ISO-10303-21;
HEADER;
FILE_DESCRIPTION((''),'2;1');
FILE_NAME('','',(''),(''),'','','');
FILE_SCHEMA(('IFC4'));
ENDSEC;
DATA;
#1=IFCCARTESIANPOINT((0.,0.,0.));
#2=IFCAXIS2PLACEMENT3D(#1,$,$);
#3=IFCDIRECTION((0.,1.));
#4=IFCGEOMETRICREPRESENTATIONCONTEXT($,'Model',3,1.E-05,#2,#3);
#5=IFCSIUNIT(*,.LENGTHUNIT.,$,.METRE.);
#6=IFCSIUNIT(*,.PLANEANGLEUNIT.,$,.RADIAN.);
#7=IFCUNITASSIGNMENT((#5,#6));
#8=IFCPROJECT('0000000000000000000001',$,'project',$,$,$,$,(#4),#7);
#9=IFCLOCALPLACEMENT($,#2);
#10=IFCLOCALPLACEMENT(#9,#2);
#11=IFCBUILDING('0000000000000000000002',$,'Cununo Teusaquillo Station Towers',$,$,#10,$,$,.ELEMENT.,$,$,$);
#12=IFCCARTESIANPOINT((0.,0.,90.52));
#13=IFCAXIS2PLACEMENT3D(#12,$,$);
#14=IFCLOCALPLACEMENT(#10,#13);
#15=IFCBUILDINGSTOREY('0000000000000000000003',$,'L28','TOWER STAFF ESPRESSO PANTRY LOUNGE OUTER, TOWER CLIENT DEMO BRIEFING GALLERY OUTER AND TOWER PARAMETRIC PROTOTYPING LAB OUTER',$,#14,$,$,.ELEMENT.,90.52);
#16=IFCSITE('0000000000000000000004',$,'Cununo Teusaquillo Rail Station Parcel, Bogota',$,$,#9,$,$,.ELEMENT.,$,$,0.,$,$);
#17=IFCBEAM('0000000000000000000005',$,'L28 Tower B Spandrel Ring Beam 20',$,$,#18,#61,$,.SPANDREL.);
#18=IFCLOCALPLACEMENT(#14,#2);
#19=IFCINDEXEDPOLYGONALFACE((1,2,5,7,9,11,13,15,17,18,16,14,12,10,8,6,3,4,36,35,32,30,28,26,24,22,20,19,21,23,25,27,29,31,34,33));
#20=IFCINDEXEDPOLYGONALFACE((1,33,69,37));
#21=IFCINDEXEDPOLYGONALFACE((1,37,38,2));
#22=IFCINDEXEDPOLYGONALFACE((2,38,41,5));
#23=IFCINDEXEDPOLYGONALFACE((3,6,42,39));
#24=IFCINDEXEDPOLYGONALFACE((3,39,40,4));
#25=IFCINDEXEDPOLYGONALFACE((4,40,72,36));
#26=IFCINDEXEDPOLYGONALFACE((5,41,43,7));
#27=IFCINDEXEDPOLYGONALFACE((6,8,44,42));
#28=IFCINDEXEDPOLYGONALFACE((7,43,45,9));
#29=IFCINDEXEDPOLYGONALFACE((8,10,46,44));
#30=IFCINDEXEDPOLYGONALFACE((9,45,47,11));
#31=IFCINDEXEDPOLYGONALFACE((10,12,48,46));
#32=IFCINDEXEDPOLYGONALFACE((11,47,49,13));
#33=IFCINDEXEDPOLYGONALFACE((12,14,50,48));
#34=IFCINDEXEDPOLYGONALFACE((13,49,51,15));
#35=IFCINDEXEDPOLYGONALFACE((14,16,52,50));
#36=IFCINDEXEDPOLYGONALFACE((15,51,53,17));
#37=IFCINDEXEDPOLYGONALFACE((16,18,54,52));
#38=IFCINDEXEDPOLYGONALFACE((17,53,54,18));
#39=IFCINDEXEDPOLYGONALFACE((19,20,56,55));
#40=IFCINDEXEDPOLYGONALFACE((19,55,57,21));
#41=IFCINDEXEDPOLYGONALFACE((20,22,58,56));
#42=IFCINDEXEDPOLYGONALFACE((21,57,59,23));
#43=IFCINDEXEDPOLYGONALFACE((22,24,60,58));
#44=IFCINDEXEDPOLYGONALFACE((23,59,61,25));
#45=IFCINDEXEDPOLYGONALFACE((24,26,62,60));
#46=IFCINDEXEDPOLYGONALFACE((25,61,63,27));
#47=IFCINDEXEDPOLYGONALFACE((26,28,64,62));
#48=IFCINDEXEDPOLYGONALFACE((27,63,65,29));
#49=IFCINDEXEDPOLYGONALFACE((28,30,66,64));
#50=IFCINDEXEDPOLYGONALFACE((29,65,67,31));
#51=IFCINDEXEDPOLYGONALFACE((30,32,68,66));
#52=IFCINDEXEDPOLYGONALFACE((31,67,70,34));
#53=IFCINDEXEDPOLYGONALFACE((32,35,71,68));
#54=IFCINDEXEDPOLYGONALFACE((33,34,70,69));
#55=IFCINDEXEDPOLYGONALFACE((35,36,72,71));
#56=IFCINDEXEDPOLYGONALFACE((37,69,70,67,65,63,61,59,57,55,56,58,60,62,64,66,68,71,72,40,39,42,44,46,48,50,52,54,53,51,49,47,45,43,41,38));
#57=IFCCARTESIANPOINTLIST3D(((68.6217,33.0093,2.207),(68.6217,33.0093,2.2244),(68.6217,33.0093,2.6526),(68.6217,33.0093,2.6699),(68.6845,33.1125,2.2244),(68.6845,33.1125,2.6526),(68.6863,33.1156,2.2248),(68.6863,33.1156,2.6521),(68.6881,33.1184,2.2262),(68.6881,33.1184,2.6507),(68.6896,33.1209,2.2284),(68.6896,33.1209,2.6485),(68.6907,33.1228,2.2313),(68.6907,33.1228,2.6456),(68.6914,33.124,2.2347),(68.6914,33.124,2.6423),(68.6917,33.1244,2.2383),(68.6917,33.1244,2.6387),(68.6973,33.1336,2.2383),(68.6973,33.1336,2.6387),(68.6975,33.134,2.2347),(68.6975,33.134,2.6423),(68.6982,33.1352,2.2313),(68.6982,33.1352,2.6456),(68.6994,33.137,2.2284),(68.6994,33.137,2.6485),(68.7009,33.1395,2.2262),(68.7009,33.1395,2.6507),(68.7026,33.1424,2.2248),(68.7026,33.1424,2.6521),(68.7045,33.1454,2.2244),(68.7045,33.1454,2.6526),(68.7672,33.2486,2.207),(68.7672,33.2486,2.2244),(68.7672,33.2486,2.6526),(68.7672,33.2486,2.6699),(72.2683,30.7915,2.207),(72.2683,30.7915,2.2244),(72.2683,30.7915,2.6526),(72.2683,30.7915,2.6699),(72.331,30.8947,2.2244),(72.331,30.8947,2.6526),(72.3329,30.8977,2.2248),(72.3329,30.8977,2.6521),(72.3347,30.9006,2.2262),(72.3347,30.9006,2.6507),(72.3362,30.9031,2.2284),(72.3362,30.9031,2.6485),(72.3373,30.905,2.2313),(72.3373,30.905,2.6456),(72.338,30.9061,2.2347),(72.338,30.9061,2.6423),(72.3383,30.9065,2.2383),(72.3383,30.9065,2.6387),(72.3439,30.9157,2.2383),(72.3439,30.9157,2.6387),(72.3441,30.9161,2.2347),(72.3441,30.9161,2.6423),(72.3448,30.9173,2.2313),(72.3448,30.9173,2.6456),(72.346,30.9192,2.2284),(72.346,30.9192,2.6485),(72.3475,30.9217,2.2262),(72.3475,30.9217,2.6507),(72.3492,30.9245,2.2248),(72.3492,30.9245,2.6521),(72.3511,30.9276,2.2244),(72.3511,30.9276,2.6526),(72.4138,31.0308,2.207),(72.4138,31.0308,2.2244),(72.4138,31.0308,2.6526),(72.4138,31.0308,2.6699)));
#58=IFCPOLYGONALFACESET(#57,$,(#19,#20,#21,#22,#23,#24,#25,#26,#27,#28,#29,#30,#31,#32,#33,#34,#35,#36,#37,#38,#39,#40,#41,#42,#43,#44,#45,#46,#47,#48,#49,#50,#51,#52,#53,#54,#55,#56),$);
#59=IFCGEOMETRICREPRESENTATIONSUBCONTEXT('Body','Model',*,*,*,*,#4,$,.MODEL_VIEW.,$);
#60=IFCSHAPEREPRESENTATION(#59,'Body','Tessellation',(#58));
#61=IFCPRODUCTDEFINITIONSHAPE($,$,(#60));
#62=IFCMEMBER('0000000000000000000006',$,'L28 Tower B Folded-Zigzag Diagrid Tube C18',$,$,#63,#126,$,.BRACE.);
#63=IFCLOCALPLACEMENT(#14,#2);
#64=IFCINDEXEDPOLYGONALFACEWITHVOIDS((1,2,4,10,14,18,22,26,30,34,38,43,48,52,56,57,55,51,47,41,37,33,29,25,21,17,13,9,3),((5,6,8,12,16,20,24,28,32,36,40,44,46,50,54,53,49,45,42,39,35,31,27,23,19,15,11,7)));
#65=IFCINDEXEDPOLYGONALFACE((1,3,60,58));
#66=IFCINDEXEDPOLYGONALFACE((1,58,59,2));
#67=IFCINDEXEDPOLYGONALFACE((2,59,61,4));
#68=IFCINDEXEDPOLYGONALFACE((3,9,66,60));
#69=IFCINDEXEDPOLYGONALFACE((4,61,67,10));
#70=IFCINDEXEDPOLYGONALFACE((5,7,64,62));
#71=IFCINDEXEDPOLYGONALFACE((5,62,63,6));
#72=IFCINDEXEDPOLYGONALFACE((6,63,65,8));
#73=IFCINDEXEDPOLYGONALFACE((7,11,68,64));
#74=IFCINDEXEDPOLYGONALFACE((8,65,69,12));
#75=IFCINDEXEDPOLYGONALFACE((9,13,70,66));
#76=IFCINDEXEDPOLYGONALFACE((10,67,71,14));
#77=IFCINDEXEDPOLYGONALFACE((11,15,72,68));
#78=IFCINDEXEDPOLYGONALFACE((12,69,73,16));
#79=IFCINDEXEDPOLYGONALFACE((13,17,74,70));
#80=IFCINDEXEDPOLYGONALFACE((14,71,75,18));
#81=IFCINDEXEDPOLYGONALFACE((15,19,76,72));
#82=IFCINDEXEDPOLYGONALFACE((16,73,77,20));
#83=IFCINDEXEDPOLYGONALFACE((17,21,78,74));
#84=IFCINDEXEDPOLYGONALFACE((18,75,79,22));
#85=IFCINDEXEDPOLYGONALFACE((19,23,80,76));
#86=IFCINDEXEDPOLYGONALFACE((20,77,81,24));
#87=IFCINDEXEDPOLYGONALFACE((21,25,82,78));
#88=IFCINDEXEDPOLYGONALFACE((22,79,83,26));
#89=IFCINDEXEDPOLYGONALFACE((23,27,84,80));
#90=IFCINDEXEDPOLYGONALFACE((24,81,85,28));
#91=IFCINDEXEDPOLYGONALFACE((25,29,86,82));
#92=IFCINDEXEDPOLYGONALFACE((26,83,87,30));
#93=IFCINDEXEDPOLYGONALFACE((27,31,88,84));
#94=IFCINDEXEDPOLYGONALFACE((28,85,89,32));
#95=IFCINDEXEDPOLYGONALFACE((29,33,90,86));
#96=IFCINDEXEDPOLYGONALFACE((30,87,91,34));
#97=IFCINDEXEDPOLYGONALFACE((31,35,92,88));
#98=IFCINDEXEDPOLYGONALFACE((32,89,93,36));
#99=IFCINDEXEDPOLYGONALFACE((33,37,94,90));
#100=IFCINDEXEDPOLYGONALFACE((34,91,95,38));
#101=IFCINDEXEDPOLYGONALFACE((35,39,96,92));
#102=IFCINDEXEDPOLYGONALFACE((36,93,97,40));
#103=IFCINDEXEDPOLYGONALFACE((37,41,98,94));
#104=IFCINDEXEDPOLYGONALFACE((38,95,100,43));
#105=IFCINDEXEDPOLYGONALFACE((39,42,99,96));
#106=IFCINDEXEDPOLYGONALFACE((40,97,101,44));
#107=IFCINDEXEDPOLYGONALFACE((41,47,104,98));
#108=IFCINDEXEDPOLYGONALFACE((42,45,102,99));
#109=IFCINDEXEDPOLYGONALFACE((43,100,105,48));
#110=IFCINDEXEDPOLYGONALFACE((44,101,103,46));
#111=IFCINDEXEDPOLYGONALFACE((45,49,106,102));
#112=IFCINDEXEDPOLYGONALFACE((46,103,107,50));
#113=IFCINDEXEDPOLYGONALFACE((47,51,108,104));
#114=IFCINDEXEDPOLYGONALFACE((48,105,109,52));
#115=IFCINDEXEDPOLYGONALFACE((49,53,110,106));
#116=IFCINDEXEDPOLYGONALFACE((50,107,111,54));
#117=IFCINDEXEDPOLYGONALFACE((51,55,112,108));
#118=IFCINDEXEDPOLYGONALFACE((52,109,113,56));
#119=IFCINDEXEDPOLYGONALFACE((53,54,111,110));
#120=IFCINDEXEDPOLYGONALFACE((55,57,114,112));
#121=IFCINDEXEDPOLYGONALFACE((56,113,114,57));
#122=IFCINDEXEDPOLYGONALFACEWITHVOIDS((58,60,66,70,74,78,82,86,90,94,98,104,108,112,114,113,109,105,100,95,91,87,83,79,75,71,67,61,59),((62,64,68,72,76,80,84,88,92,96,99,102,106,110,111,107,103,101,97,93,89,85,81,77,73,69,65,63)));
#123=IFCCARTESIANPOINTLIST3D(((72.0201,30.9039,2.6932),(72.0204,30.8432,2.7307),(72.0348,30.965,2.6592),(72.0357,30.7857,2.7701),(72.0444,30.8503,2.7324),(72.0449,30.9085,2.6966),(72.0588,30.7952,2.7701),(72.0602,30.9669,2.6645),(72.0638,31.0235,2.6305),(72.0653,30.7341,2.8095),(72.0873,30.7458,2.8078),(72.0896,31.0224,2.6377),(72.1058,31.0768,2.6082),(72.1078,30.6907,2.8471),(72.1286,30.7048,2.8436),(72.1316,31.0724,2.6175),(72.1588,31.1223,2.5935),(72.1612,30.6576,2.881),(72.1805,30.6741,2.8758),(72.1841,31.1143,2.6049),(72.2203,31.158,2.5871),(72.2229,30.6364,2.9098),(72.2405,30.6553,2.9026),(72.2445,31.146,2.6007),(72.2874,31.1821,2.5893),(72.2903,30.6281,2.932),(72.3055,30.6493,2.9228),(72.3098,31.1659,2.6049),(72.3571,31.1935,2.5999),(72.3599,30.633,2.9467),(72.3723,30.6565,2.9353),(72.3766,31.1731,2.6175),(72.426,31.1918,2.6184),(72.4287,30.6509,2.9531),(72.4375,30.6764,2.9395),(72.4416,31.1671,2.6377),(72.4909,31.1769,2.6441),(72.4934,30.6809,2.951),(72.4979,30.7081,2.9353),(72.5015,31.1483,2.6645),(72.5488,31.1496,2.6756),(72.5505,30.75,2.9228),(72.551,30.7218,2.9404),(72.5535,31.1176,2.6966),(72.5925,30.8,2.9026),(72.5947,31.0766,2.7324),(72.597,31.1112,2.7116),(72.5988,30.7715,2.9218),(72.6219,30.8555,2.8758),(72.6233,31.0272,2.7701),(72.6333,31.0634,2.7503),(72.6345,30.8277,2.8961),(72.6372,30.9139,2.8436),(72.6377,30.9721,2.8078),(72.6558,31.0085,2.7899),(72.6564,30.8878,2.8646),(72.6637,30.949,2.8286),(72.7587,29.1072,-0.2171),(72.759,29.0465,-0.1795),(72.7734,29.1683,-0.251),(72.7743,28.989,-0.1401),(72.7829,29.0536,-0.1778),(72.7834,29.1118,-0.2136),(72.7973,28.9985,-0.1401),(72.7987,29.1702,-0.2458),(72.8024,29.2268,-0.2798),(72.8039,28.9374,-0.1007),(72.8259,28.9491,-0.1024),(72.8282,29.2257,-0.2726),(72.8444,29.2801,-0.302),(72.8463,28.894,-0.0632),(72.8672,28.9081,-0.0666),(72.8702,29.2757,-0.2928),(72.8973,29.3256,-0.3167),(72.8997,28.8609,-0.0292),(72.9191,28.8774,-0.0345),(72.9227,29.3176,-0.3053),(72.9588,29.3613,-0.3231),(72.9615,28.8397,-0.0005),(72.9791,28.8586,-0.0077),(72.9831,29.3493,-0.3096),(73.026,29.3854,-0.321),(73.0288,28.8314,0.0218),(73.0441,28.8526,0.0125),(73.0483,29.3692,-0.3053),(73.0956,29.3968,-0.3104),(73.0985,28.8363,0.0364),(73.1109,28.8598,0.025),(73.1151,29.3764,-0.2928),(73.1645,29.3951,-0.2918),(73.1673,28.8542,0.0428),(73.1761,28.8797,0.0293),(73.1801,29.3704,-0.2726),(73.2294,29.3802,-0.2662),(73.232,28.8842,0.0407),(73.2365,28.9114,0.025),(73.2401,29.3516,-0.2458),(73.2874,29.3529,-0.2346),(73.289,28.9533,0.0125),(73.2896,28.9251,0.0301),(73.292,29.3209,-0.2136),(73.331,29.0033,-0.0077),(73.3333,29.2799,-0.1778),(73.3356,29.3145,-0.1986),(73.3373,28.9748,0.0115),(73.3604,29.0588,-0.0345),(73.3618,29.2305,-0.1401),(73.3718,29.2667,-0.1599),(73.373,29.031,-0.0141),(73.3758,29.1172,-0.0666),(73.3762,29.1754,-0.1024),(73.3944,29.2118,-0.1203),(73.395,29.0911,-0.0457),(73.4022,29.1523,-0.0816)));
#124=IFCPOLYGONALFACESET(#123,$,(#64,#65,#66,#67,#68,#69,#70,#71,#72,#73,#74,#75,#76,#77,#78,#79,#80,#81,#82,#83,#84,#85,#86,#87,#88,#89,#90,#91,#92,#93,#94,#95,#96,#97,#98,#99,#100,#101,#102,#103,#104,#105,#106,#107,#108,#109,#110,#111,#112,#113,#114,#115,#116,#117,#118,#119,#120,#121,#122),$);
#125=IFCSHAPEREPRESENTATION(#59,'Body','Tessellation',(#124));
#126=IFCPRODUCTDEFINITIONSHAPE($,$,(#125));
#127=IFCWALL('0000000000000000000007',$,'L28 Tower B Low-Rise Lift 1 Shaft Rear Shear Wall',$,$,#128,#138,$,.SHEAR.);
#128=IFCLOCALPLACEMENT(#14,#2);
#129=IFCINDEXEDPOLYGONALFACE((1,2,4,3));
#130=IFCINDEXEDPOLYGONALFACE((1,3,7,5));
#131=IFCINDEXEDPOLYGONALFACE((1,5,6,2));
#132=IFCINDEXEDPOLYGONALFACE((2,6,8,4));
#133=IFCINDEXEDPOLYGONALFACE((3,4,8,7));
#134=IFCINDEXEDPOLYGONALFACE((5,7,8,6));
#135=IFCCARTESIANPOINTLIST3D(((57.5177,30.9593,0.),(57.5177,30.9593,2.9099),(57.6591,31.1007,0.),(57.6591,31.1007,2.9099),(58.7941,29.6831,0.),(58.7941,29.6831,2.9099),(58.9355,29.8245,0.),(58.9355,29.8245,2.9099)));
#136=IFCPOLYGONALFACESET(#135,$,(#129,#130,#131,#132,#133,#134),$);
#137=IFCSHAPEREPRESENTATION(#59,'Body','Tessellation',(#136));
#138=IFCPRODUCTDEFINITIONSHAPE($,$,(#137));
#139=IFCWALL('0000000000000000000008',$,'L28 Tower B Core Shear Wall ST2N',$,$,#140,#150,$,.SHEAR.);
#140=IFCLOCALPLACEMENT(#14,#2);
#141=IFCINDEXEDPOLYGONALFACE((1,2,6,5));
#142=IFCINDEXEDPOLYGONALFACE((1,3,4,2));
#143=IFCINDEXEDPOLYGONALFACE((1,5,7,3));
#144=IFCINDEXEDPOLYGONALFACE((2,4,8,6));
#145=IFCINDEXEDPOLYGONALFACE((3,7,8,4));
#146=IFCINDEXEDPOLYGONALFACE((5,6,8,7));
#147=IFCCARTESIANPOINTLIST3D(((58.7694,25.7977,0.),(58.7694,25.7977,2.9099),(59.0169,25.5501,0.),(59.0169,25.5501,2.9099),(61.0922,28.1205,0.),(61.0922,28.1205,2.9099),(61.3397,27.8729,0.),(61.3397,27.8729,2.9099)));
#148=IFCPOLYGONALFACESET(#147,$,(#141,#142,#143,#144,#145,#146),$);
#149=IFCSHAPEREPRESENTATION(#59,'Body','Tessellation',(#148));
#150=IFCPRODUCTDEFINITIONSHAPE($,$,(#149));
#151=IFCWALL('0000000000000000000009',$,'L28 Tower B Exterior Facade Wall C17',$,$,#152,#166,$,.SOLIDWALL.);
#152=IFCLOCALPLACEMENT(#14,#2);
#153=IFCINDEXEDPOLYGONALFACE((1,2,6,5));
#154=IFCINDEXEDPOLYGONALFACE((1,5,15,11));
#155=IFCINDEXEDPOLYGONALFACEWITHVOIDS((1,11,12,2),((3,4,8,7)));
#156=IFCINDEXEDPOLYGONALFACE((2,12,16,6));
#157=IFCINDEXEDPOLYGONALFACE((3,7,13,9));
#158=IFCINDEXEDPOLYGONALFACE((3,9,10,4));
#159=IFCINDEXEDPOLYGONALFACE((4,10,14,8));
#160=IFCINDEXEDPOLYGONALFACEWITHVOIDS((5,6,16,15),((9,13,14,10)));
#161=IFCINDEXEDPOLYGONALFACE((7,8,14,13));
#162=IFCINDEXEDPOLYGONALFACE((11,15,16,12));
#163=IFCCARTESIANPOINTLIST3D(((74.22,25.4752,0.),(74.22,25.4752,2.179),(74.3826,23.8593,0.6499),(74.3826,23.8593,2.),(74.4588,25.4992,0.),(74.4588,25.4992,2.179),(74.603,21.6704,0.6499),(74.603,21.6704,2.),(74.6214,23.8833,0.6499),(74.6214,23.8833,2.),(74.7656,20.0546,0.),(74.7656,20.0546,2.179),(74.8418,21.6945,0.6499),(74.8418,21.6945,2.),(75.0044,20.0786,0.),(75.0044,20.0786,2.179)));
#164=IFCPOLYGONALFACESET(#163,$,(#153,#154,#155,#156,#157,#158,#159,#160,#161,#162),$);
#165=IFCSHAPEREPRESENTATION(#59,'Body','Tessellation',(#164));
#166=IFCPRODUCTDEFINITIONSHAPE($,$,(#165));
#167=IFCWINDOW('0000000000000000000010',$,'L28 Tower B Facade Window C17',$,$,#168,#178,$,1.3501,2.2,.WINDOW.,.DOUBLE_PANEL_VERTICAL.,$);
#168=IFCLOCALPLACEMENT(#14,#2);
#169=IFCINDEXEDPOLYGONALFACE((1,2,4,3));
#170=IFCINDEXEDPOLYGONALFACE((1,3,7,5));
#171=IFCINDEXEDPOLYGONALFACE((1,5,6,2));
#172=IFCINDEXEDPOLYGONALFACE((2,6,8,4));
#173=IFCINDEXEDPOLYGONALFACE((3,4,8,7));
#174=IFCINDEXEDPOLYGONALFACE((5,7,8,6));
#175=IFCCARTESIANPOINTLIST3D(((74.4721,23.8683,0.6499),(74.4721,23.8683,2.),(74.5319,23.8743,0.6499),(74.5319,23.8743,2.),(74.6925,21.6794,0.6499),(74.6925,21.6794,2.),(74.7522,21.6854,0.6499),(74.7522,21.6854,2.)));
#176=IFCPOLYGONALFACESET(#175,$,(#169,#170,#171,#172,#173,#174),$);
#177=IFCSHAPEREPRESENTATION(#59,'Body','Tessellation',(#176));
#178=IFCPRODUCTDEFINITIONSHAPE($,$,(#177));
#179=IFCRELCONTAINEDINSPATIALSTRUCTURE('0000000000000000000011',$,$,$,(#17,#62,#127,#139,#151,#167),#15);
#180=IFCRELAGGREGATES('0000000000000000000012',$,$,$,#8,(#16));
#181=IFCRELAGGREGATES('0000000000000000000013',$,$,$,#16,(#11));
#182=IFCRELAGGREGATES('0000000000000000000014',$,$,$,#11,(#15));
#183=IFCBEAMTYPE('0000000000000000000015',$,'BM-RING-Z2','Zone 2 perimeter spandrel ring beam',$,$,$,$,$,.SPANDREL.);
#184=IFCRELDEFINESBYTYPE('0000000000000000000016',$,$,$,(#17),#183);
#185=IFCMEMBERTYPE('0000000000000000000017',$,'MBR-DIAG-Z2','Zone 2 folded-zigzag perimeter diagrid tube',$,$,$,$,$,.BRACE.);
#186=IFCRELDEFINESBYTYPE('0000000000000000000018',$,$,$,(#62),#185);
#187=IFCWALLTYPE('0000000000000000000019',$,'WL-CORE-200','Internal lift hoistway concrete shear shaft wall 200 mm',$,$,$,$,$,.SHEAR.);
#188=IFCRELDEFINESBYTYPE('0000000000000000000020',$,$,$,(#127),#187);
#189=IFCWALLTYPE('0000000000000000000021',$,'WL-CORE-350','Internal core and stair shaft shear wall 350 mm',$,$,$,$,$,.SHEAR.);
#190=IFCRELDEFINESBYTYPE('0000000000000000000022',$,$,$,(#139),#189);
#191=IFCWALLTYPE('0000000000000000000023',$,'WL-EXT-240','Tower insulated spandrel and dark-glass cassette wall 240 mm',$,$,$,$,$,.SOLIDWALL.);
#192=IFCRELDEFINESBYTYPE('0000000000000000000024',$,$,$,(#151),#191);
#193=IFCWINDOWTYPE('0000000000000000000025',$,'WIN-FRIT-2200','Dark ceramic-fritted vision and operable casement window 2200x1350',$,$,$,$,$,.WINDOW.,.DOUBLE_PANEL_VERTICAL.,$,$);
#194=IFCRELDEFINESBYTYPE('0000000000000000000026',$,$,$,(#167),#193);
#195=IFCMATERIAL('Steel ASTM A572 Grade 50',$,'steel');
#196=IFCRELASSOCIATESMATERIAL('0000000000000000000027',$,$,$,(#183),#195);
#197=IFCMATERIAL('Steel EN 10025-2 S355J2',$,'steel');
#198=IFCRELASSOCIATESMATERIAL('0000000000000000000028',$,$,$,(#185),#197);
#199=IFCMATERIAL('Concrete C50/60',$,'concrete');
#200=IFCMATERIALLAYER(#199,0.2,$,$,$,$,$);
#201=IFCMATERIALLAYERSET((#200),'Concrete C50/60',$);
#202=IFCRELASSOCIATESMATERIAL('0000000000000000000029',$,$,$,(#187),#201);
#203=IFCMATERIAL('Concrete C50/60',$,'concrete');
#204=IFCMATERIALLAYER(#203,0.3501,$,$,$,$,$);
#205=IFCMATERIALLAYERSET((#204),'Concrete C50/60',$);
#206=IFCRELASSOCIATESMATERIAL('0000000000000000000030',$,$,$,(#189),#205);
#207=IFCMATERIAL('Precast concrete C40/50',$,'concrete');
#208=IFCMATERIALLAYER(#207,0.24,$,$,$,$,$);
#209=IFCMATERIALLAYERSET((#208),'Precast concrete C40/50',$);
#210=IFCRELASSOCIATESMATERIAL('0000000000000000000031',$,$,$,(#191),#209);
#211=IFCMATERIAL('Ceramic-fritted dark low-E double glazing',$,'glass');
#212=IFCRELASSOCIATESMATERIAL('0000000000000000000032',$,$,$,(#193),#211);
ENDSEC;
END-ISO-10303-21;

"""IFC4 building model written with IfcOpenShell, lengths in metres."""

from ifc_helpers import new_model, si_unit, direction, frame, frame_2d, origin, origin_2d, place, context, subcontext, project, spatial, rectangle, hollow_circle, i_section, extrude, source, transform, mapped, material, layer, layer_set, material_profile, profile_set, type_object, element, fill, save


model = new_model("IFC4")

# Units and contexts
model_context = context("Model", 3, precision=1e-05, world=origin(), true_north=direction((0.0, 1.0)))
body_context = subcontext(model_context, "Body", "Model", "MODEL_VIEW")
ifc_project = project(units=[si_unit("LENGTHUNIT", "METRE"), si_unit("PLANEANGLEUNIT", "RADIAN")], contexts=[model_context])

# Site, building, storey
site_placement = place(None, origin())
site = spatial("IfcSite", under=ifc_project, at=site_placement, Name="Cununo Teusaquillo Rail Station Parcel, Bogota", CompositionType="ELEMENT", RefElevation=0.0)
building_placement = place(site_placement, origin())
building = spatial("IfcBuilding", under=site, at=building_placement, Name="Cununo Teusaquillo Station Towers", CompositionType="ELEMENT")
storey_placement = place(building_placement, frame((0.0, 0.0, 90.52)))
storey = spatial("IfcBuildingStorey", under=building, at=storey_placement, Name="L28", Description="TOWER STAFF ESPRESSO PANTRY LOUNGE OUTER, TOWER CLIENT DEMO BRIEFING GALLERY OUTER AND TOWER PARAMETRIC PROTOTYPING LAB OUTER", CompositionType="ELEMENT", Elevation=90.52)

# Beam
ifc_material_1 = material(Name="Steel ASTM A572 Grade 50", Category="steel")
ifc_material_profile_1 = material_profile(ifc_material_1, i_section(OverallWidth=0.28, OverallDepth=0.4629, WebThickness=0.0107, FlangeThickness=0.0173, FilletRadius=0.0139, at=origin_2d()), Name="W18X76")
ifc_profile_set_1 = profile_set([ifc_material_profile_1], Name="Steel ASTM A572 Grade 50")
beam_type_1 = type_object("IfcBeamType", Name="BM-RING-Z2", Description="Zone 2 perimeter spandrel ring beam", PredefinedType="SPANDREL", material=ifc_profile_set_1)
beam_1_placement = place(storey_placement, frame((72.3411, 30.9111, 2.4385), z_axis=(-0.854388, 0.519635, 0.0), x_axis=(-0.519635, -0.854388, 0.0)))
element("IfcBeam", 1, at=beam_1_placement, inside=storey, type_object=beam_type_1, Name="L28 Tower B Spandrel Ring Beam 20", PredefinedType="SPANDREL", context=body_context, shape_type="SweptSolid", body=[
    extrude(i_section(OverallWidth=0.28, OverallDepth=0.4629, WebThickness=0.0107, FlangeThickness=0.0173, FilletRadius=0.0139, at=origin_2d()), origin(), (0.0, 0.0, 1.0), 4.2681),
])

# Member
ifc_material_2 = material(Name="Steel EN 10025-2 S355J2", Category="steel")
ifc_material_profile_2 = material_profile(ifc_material_2, hollow_circle(Radius=0.3301, WallThickness=0.0249, at=origin_2d()), Name="CHS 660x25")
ifc_profile_set_2 = profile_set([ifc_material_profile_2], Name="Steel EN 10025-2 S355J2")
member_type = type_object("IfcMemberType", Name="MBR-DIAG-Z2", Description="Zone 2 folded-zigzag perimeter diagrid tube", PredefinedType="BRACE", material=ifc_profile_set_2)
member_placement = place(storey_placement, frame((73.0796, 29.1145, -0.1401), z_axis=(-0.211074, 0.513484, 0.831734), x_axis=(-0.924907, -0.380193, 0.0)))
element("IfcMember", 2, at=member_placement, inside=storey, type_object=member_type, Name="L28 Tower B Folded-Zigzag Diagrid Tube C18", PredefinedType="BRACE", context=body_context, shape_type="SweptSolid", body=[
    extrude(hollow_circle(Radius=0.3301, WallThickness=0.0249, at=origin_2d()), origin(), (0.0, 0.0, 1.0), 3.499),
])

# Walls
ifc_material_3 = material(Name="Concrete C50/60", Category="concrete")
ifc_layer_1 = layer(ifc_material_3, 0.2)
ifc_layer_set_1 = layer_set([ifc_layer_1], Name="Concrete C50/60")
wall_type_1 = type_object("IfcWallType", Name="WL-CORE-200", Description="Internal lift hoistway concrete shear shaft wall 200 mm", PredefinedType="SHEAR", material=ifc_layer_set_1)
wall_1_placement = place(storey_placement, frame((58.8647, 29.7539, 0.0), z_axis=(0.0, 0.0, 1.0), x_axis=(-0.707174, 0.707039, 0.0)))
element("IfcWall", 3, at=wall_1_placement, inside=storey, type_object=wall_type_1, Name="L28 Tower B Low-Rise Lift 1 Shaft Rear Shear Wall", PredefinedType="SHEAR", context=body_context, shape_type="SweptSolid", body=[
    extrude(rectangle(XDim=1.8049, YDim=0.2, at=frame_2d((0.9023, 0.0))), origin(), (0.0, 0.0, 1.0), 2.9099),
])
ifc_material_4 = material(Name="Concrete C50/60", Category="concrete")
ifc_layer_2 = layer(ifc_material_4, 0.3501)
ifc_layer_set_2 = layer_set([ifc_layer_2], Name="Concrete C50/60")
wall_type_2 = type_object("IfcWallType", Name="WL-CORE-350", Description="Internal core and stair shaft shear wall 350 mm", PredefinedType="SHEAR", material=ifc_layer_set_2)
wall_2_placement = place(storey_placement, frame((58.8931, 25.6738, 0.0), z_axis=(0.0, 0.0, 1.0), x_axis=(0.707107, 0.707107, 0.0)))
element("IfcWall", 4, at=wall_2_placement, inside=storey, type_object=wall_type_2, Name="L28 Tower B Core Shear Wall ST2N", PredefinedType="SHEAR", context=body_context, shape_type="SweptSolid", body=[
    extrude(rectangle(XDim=3.2849, YDim=0.3501, at=frame_2d((1.6426, 0.0))), origin(), (0.0, 0.0, 1.0), 2.9099),
])

# Wall, opening, window
ifc_material_5 = material(Name="Precast concrete C40/50", Category="concrete")
ifc_layer_3 = layer(ifc_material_5, 0.24)
ifc_layer_set_3 = layer_set([ifc_layer_3], Name="Precast concrete C40/50")
wall_type_3 = type_object("IfcWallType", Name="WL-EXT-240", Description="Tower insulated spandrel and dark-glass cassette wall 240 mm", PredefinedType="SOLIDWALL", material=ifc_layer_set_3)
wall_3_placement = place(storey_placement, frame((74.3394, 25.4873, 0.0), z_axis=(0.0, 0.0, 1.0), x_axis=(0.100156, -0.994972, 0.0)))
wall_3 = element("IfcWall", 5, at=wall_3_placement, inside=storey, type_object=wall_type_3, Name="L28 Tower B Exterior Facade Wall C17", PredefinedType="SOLIDWALL", context=body_context, shape_type="SweptSolid", body=[
    extrude(rectangle(XDim=5.448, YDim=0.24, at=frame_2d((2.7241, 0.0))), origin(), (0.0, 0.0, 1.0), 2.179),
])
shared_shape_1 = source(origin(), body_context, "Body", "SweptSolid", [
    extrude(rectangle(XDim=2.2, YDim=1.3501, at=frame_2d((1.1001, 0.675))), frame((0.0, 0.1299, 0.0), z_axis=(0.0, -1.0, 0.0), x_axis=(1.0, 0.0, 0.0)), (0.0, 0.0, 1.0), 0.26),
])
opening_1_placement = place(wall_3_placement, frame((1.624, 0.0, 0.6499)))
opening_1 = element("IfcOpeningElement", 6, at=opening_1_placement, cuts=wall_3, PredefinedType="OPENING", context=body_context, shape_type="MappedRepresentation", body=[
    mapped(shared_shape_1, transform((0.0, 0.0, 0.0), x_axis=(1.0, 0.0, 0.0), y_axis=(0.0, 1.0, 0.0), z_axis=(0.0, 0.0, 1.0), scale=1.0)),
])
ifc_material_6 = material(Name="Ceramic-fritted dark low-E double glazing", Category="glass")
window_type_1 = type_object("IfcWindowType", Name="WIN-FRIT-2200", Description="Dark ceramic-fritted vision and operable casement window 2200x1350", PartitioningType="DOUBLE_PANEL_VERTICAL", PredefinedType="WINDOW", material=ifc_material_6)
shared_shape_2 = source(origin(), body_context, "Body", "SweptSolid", [
    extrude(rectangle(XDim=2.2, YDim=1.3501, at=frame_2d((1.1001, 0.675))), frame((0.0, 0.03, 0.0), z_axis=(0.0, -1.0, 0.0), x_axis=(1.0, 0.0, 0.0)), (0.0, 0.0, 1.0), 0.0601),
])
window_1_placement = place(opening_1_placement, origin())
window_1 = element("IfcWindow", 7, at=window_1_placement, inside=storey, type_object=window_type_1, Name="L28 Tower B Facade Window C17", OverallHeight=1.3501, OverallWidth=2.2, PartitioningType="DOUBLE_PANEL_VERTICAL", PredefinedType="WINDOW", context=body_context, shape_type="MappedRepresentation", body=[
    mapped(shared_shape_2, transform((0.0, 0.0, 0.0), x_axis=(1.0, 0.0, 0.0), y_axis=(0.0, 1.0, 0.0), z_axis=(0.0, 0.0, 1.0), scale=1.0)),
])
fill(opening_1, window_1)

save(model, "model.ifc")
